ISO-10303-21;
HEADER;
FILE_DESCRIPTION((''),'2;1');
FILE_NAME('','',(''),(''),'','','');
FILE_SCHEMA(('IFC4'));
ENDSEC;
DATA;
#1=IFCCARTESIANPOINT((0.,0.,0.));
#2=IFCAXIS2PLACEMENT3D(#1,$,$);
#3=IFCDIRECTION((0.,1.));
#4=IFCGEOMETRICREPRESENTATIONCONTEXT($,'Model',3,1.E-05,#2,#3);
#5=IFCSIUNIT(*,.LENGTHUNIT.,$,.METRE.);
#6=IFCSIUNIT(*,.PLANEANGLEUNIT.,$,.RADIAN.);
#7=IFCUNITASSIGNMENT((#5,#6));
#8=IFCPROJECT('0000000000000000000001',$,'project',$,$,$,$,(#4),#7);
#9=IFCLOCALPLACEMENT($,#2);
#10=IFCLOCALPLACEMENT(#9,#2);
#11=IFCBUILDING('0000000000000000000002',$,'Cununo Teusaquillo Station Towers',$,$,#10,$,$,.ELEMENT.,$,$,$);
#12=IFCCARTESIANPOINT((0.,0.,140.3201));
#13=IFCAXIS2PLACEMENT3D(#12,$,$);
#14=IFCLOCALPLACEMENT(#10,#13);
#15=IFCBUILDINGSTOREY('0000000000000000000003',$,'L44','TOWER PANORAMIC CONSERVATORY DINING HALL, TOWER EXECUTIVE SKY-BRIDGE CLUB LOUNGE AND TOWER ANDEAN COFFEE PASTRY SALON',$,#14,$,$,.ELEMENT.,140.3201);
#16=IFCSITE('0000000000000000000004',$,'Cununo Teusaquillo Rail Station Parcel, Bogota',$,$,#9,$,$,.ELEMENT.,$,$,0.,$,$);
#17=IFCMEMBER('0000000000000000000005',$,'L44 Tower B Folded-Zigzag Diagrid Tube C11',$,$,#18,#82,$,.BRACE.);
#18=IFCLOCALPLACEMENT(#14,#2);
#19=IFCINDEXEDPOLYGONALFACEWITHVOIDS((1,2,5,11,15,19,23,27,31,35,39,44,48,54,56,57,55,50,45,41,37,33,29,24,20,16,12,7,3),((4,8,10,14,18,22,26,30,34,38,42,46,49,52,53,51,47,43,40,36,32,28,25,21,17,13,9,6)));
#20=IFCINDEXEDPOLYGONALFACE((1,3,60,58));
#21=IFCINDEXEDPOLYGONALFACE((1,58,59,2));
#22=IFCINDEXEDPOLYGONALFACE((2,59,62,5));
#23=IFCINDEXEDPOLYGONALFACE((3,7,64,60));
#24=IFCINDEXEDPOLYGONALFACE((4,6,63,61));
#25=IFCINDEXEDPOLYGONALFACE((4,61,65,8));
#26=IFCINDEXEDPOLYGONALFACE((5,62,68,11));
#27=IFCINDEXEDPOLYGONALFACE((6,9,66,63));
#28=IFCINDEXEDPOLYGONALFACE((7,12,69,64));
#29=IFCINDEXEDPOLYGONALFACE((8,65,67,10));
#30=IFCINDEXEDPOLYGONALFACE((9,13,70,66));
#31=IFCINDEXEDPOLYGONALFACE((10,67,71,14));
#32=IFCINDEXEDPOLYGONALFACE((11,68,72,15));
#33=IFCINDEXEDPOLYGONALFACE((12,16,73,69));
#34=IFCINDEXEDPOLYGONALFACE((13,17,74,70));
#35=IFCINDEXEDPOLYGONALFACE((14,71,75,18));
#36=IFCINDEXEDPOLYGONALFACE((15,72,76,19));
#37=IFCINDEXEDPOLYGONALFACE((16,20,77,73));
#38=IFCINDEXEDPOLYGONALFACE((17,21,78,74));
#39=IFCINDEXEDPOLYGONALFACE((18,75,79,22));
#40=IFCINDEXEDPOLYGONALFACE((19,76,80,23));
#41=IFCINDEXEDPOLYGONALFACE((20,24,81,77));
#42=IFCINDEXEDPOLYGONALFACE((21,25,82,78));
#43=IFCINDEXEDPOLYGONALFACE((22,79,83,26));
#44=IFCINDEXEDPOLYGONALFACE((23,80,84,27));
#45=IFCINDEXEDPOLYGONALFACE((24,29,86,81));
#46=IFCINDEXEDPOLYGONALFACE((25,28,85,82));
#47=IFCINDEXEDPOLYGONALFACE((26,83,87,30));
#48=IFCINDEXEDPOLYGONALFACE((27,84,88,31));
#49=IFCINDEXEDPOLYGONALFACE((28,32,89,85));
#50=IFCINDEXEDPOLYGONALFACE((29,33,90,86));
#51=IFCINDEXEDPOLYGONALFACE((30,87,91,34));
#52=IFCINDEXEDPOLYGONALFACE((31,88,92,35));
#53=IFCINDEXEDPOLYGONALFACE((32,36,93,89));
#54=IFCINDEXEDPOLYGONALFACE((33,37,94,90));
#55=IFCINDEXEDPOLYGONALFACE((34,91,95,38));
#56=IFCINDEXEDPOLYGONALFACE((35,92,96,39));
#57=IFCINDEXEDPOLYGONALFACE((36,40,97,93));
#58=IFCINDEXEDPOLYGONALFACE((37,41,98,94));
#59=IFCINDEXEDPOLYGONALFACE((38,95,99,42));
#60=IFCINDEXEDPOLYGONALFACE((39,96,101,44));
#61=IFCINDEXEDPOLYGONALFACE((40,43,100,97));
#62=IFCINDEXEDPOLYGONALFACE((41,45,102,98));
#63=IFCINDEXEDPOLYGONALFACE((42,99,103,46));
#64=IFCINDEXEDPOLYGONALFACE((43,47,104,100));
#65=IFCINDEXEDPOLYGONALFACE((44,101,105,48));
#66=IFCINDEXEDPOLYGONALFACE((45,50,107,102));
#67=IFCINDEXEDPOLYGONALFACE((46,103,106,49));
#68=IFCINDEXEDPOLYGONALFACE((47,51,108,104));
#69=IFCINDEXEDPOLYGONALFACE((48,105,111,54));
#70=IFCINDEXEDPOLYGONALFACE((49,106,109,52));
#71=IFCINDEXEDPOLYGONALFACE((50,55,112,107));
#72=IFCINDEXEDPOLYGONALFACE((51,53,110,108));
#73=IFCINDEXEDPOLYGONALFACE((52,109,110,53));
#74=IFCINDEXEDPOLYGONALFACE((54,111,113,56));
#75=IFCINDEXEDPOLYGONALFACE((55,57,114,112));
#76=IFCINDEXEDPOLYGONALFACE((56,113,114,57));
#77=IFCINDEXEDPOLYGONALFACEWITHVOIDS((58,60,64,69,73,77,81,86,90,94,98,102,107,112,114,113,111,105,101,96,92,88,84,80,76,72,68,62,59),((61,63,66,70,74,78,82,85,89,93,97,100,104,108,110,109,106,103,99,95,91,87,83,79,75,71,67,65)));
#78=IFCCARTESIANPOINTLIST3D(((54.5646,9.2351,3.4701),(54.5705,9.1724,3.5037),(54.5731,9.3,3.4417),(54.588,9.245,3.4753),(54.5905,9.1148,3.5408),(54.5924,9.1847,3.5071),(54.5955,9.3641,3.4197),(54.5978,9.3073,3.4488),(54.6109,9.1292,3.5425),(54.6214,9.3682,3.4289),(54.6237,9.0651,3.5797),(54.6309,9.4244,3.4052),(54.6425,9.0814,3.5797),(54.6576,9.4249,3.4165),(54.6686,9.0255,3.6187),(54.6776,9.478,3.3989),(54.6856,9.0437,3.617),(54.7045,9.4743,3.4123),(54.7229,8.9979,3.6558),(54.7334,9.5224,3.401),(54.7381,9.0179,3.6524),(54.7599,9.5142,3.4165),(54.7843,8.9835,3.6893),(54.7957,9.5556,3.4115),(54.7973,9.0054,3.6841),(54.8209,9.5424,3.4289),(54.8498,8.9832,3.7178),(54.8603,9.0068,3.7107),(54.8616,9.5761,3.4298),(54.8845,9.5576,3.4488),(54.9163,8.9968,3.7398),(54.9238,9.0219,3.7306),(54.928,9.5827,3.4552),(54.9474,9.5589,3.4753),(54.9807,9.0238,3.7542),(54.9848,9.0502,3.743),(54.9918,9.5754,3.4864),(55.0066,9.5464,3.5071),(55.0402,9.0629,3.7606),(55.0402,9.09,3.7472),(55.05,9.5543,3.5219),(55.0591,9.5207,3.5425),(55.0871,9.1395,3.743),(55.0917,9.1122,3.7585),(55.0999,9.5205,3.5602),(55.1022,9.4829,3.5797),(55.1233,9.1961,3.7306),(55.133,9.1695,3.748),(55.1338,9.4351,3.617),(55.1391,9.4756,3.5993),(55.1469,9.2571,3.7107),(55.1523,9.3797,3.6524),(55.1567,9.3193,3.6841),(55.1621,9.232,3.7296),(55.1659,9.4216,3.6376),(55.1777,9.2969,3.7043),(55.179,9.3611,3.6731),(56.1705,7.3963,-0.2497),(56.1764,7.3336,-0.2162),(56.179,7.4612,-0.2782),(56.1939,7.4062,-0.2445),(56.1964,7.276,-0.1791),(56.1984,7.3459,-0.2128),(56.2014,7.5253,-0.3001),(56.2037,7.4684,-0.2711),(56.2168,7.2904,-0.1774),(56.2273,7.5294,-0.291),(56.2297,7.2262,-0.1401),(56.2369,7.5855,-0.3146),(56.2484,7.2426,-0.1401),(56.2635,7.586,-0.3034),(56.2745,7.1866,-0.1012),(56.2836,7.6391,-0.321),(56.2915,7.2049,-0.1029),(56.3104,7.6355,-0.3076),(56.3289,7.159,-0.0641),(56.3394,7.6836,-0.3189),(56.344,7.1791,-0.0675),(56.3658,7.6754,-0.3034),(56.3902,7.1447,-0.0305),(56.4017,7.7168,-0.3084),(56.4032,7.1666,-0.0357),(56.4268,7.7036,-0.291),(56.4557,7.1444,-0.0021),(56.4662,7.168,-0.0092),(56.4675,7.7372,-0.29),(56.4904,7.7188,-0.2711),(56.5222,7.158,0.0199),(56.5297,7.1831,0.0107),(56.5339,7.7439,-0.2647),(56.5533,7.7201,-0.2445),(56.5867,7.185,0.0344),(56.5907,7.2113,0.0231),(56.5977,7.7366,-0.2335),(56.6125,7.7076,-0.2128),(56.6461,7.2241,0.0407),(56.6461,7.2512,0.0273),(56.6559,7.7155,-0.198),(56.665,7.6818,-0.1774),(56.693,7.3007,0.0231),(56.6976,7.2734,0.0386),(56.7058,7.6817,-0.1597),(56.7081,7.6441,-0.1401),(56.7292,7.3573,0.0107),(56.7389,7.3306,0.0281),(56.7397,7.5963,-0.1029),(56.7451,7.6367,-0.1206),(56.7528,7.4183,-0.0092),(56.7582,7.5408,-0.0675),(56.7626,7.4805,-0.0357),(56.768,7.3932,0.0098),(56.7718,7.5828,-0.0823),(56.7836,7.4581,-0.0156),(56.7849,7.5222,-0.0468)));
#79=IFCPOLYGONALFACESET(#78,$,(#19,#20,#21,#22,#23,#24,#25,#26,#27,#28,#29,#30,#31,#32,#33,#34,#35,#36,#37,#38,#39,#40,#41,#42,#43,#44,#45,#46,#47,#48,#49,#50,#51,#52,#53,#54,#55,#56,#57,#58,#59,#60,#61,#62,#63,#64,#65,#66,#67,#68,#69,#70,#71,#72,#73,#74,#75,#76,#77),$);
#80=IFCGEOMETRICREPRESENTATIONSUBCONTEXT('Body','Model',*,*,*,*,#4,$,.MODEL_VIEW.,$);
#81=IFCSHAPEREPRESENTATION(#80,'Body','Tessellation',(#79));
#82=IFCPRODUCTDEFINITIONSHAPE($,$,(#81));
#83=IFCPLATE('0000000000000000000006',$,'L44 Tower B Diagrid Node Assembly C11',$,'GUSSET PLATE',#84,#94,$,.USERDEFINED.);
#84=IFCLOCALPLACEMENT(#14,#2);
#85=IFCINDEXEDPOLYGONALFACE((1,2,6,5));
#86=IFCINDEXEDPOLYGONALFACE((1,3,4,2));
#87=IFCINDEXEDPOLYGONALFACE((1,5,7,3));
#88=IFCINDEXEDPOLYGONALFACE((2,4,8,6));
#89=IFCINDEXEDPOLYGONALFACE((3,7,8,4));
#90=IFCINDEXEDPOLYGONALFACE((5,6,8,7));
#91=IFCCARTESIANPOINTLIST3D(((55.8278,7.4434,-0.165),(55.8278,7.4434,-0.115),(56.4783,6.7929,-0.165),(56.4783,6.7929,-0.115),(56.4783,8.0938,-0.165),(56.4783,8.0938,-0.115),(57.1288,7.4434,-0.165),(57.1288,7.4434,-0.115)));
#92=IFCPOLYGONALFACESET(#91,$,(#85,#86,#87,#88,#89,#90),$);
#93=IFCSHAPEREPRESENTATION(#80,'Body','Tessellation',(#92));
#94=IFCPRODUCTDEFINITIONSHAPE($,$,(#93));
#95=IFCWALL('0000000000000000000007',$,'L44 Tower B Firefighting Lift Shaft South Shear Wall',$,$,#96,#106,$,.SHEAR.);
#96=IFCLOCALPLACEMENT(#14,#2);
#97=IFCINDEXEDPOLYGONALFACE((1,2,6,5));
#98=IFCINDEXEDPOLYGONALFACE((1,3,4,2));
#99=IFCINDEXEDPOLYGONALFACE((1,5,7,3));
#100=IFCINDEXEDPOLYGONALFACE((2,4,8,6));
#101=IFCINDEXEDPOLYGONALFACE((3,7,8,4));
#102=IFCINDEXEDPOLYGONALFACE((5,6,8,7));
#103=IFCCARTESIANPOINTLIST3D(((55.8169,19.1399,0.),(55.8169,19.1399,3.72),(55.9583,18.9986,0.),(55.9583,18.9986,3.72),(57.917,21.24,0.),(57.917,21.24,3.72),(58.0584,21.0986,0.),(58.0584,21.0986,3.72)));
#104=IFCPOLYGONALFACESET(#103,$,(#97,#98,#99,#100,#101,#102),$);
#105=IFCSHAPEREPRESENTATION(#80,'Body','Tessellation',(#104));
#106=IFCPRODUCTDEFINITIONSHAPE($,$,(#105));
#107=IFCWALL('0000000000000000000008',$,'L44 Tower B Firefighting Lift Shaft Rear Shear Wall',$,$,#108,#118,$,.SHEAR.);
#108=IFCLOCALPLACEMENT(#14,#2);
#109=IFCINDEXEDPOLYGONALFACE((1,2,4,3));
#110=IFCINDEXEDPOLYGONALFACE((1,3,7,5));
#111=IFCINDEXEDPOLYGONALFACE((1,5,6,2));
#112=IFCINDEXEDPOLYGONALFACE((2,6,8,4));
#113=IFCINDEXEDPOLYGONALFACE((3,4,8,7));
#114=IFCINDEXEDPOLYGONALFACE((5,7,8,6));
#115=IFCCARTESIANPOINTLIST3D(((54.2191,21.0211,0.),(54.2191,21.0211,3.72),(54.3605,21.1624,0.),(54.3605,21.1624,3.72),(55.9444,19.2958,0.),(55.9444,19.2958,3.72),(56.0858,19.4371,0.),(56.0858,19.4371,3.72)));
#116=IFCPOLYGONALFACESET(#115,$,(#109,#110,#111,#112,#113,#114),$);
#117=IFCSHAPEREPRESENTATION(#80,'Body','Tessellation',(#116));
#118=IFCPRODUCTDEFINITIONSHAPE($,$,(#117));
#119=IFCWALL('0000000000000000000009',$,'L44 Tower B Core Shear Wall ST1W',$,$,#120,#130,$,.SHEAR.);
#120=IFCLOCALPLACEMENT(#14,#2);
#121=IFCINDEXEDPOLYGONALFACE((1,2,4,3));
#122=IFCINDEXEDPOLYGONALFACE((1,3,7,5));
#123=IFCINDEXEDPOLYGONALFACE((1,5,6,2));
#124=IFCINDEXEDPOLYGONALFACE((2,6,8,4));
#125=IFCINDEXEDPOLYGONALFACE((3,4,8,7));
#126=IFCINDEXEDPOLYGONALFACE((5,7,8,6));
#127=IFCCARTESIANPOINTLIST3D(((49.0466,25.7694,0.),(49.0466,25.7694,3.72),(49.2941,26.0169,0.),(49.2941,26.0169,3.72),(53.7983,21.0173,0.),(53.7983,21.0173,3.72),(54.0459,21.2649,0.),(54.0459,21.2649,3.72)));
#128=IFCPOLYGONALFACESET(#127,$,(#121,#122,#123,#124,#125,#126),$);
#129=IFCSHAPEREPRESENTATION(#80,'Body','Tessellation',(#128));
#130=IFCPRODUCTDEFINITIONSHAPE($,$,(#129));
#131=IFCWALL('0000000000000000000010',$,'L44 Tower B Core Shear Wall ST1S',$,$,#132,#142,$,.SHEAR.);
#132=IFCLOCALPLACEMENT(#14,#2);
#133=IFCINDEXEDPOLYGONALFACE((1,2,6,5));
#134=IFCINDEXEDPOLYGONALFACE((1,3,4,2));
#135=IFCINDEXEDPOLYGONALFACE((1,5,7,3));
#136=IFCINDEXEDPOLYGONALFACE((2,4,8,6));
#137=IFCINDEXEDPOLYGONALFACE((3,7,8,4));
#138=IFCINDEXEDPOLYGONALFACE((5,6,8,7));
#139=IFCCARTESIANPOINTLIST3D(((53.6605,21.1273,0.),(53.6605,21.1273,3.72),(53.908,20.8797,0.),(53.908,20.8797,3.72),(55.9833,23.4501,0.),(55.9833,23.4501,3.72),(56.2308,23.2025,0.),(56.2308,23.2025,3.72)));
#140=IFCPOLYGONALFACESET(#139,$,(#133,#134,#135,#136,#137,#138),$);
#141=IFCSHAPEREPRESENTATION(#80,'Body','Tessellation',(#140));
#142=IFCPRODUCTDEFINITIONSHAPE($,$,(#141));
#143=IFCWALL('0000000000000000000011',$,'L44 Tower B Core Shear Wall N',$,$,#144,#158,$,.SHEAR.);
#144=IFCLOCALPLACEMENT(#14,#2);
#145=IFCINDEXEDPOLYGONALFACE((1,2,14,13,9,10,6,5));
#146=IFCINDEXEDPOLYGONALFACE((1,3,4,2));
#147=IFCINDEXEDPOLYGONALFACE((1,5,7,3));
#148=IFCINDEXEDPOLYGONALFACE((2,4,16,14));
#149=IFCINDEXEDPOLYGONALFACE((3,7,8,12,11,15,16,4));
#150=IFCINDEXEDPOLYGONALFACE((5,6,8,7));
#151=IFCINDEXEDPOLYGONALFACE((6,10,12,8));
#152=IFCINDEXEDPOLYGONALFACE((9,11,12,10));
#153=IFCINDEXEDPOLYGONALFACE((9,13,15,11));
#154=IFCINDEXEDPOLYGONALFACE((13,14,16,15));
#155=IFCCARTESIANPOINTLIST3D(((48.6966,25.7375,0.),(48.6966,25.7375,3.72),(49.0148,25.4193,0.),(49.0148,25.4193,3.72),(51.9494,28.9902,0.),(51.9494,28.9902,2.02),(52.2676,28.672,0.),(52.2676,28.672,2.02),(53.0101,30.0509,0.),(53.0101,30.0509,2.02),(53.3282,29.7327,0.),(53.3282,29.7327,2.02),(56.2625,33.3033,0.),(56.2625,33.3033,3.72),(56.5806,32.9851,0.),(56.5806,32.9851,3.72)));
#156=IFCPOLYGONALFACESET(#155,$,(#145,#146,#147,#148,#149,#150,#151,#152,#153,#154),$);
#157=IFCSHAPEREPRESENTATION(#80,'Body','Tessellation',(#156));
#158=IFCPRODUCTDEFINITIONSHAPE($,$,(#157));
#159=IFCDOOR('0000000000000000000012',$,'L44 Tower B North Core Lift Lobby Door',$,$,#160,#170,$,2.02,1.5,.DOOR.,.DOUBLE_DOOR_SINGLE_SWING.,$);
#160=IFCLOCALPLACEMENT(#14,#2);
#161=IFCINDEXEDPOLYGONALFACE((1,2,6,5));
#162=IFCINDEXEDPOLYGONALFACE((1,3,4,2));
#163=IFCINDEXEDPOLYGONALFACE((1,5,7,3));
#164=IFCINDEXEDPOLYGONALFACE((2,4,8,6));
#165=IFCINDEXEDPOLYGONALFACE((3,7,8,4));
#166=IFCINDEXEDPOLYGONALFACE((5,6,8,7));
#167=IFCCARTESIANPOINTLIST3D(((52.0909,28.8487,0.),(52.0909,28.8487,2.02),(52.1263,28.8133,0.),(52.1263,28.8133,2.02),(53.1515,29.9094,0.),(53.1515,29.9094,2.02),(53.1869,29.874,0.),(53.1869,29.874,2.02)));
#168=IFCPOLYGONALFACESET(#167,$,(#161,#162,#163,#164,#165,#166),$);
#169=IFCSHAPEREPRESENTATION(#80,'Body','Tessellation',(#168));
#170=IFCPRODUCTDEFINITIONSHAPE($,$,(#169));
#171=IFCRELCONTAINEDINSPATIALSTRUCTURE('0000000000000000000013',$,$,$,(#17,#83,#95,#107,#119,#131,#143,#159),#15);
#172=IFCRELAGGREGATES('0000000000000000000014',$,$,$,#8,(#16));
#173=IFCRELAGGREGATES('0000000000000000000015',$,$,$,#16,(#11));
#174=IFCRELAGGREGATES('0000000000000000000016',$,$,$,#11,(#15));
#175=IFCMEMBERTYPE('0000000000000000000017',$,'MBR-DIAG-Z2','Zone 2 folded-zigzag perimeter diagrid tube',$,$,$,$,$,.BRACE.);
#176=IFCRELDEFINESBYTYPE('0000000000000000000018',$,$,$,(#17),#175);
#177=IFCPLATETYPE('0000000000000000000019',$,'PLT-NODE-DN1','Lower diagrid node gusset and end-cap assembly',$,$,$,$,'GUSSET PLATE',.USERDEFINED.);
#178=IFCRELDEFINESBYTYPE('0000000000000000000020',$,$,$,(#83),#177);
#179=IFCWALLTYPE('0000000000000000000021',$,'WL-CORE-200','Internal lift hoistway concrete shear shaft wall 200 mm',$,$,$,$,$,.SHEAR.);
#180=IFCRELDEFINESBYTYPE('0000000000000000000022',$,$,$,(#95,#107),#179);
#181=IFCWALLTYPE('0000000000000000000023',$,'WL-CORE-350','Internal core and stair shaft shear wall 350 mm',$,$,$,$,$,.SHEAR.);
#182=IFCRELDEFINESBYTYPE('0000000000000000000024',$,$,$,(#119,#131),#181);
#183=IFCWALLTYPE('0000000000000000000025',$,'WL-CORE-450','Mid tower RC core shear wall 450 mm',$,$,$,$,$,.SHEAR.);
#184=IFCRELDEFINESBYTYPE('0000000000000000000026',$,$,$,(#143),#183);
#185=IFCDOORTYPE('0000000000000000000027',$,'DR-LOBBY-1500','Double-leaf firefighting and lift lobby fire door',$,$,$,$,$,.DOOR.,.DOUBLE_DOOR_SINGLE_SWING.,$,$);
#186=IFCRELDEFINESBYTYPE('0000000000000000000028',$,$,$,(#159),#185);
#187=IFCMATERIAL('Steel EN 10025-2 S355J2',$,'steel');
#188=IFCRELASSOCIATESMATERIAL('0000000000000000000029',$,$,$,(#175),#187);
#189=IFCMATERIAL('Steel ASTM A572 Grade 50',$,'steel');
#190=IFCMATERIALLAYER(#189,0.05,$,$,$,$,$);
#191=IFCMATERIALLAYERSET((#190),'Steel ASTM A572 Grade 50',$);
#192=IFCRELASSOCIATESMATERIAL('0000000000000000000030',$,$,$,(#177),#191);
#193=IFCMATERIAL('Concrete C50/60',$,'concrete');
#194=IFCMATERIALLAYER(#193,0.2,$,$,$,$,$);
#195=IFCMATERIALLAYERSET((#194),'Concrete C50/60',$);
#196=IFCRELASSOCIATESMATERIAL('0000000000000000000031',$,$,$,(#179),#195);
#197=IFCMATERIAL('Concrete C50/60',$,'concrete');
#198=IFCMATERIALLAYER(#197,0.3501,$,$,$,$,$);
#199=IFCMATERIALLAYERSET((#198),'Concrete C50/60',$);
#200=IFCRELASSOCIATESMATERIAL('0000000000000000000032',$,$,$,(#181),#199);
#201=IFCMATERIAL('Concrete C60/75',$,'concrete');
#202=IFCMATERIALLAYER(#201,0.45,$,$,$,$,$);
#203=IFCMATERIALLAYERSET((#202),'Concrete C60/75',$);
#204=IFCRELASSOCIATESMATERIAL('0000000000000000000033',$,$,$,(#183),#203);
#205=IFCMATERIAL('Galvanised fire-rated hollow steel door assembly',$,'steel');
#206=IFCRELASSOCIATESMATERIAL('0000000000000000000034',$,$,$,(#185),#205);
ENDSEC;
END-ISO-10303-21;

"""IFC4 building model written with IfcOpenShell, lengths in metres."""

from ifc_helpers import new_model, si_unit, direction, frame, frame_2d, origin, origin_2d, place, context, subcontext, project, spatial, rectangle, hollow_circle, extrude, source, transform, mapped, material, layer, layer_set, material_profile, profile_set, type_object, element, fill, save


model = new_model("IFC4")

# Units and contexts
model_context = context("Model", 3, precision=1e-05, world=origin(), true_north=direction((0.0, 1.0)))
body_context = subcontext(model_context, "Body", "Model", "MODEL_VIEW")
ifc_project = project(units=[si_unit("LENGTHUNIT", "METRE"), si_unit("PLANEANGLEUNIT", "RADIAN")], contexts=[model_context])

# Site, building, storey
site_placement = place(None, origin())
site = spatial("IfcSite", under=ifc_project, at=site_placement, Name="Cununo Teusaquillo Rail Station Parcel, Bogota", CompositionType="ELEMENT", RefElevation=0.0)
building_placement = place(site_placement, origin())
building = spatial("IfcBuilding", under=site, at=building_placement, Name="Cununo Teusaquillo Station Towers", CompositionType="ELEMENT")
storey_placement = place(building_placement, frame((0.0, 0.0, 140.3201)))
storey = spatial("IfcBuildingStorey", under=building, at=storey_placement, Name="L44", Description="TOWER PANORAMIC CONSERVATORY DINING HALL, TOWER EXECUTIVE SKY-BRIDGE CLUB LOUNGE AND TOWER ANDEAN COFFEE PASTRY SALON", CompositionType="ELEMENT", Elevation=140.3201)

# Member
ifc_material_1 = material(Name="Steel EN 10025-2 S355J2", Category="steel")
ifc_material_profile_1 = material_profile(ifc_material_1, hollow_circle(Radius=0.3301, WallThickness=0.0249, at=origin_2d()), Name="CHS 660x25")
ifc_profile_set_1 = profile_set([ifc_material_profile_1], Name="Steel EN 10025-2 S355J2")
member_type = type_object("IfcMemberType", Name="MBR-DIAG-Z2", Description="Zone 2 folded-zigzag perimeter diagrid tube", PredefinedType="BRACE", material=ifc_profile_set_1)
member_placement = place(storey_placement, frame((56.4783, 7.4434, -0.1401), z_axis=(-0.360924, 0.413268, 0.836028), x_axis=(-0.753196, -0.657796, 0.0)))
element("IfcMember", 1, at=member_placement, inside=storey, type_object=member_type, Name="L44 Tower B Folded-Zigzag Diagrid Tube C11", PredefinedType="BRACE", context=body_context, shape_type="SweptSolid", body=[
    extrude(hollow_circle(Radius=0.3301, WallThickness=0.0249, at=origin_2d()), origin(), (0.0, 0.0, 1.0), 4.4495),
])

# Plate
ifc_material_2 = material(Name="Steel ASTM A572 Grade 50", Category="steel")
ifc_layer_1 = layer(ifc_material_2, 0.05)
ifc_layer_set_1 = layer_set([ifc_layer_1], Name="Steel ASTM A572 Grade 50")
plate_type = type_object("IfcPlateType", Name="PLT-NODE-DN1", Description="Lower diagrid node gusset and end-cap assembly", ElementType="GUSSET PLATE", PredefinedType="USERDEFINED", material=ifc_layer_set_1)
shared_shape_1 = source(origin(), body_context, "Body", "SweptSolid", [
    extrude(rectangle(XDim=0.9199, YDim=0.9199, at=origin_2d()), origin(), (0.0, 0.0, 1.0), 0.05),
])
plate_placement = place(storey_placement, frame((56.4783, 7.4434, -0.165), z_axis=(0.0, 0.0, 1.0), x_axis=(0.707107, 0.707107, 0.0)))
element("IfcPlate", 2, at=plate_placement, inside=storey, type_object=plate_type, Name="L44 Tower B Diagrid Node Assembly C11", ObjectType="GUSSET PLATE", PredefinedType="USERDEFINED", context=body_context, shape_type="MappedRepresentation", body=[
    mapped(shared_shape_1, transform((0.0, 0.0, 0.0), x_axis=(1.0, 0.0, 0.0), y_axis=(0.0, 1.0, 0.0), z_axis=(0.0, 0.0, 1.0), scale=1.0)),
])

# Walls
ifc_material_3 = material(Name="Concrete C50/60", Category="concrete")
ifc_layer_2 = layer(ifc_material_3, 0.2)
ifc_layer_set_2 = layer_set([ifc_layer_2], Name="Concrete C50/60")
wall_type_1 = type_object("IfcWallType", Name="WL-CORE-200", Description="Internal lift hoistway concrete shear shaft wall 200 mm", PredefinedType="SHEAR", material=ifc_layer_set_2)
wall_1_placement = place(storey_placement, frame((55.8877, 19.0693, 0.0), z_axis=(0.0, 0.0, 1.0), x_axis=(0.707107, 0.707107, 0.0)))
element("IfcWall", 3, at=wall_1_placement, inside=storey, type_object=wall_type_1, Name="L44 Tower B Firefighting Lift Shaft South Shear Wall", PredefinedType="SHEAR", context=body_context, shape_type="SweptSolid", body=[
    extrude(rectangle(XDim=2.97, YDim=0.2, at=frame_2d((1.4849, 0.0))), origin(), (0.0, 0.0, 1.0), 3.72),
])
wall_2_placement = place(storey_placement, frame((56.0151, 19.3665, 0.0), z_axis=(0.0, 0.0, 1.0), x_axis=(-0.707107, 0.707107, 0.0)))
element("IfcWall", 4, at=wall_2_placement, inside=storey, type_object=wall_type_1, Name="L44 Tower B Firefighting Lift Shaft Rear Shear Wall", PredefinedType="SHEAR", context=body_context, shape_type="SweptSolid", body=[
    extrude(rectangle(XDim=2.4399, YDim=0.2, at=frame_2d((1.22, 0.0))), origin(), (0.0, 0.0, 1.0), 3.72),
])
ifc_material_4 = material(Name="Concrete C50/60", Category="concrete")
ifc_layer_3 = layer(ifc_material_4, 0.3501)
ifc_layer_set_3 = layer_set([ifc_layer_3], Name="Concrete C50/60")
wall_type_2 = type_object("IfcWallType", Name="WL-CORE-350", Description="Internal core and stair shaft shear wall 350 mm", PredefinedType="SHEAR", material=ifc_layer_set_3)
wall_3_placement = place(storey_placement, frame((53.9221, 21.1411, 0.0), z_axis=(0.0, 0.0, 1.0), x_axis=(-0.707089, 0.707125, 0.0)))
element("IfcWall", 5, at=wall_3_placement, inside=storey, type_object=wall_type_2, Name="L44 Tower B Core Shear Wall ST1W", PredefinedType="SHEAR", context=body_context, shape_type="SweptSolid", body=[
    extrude(rectangle(XDim=6.7202, YDim=0.3501, at=frame_2d((3.3601, 0.0))), origin(), (0.0, 0.0, 1.0), 3.72),
])
wall_4_placement = place(storey_placement, frame((53.7842, 21.0034, 0.0), z_axis=(0.0, 0.0, 1.0), x_axis=(0.707107, 0.707107, 0.0)))
element("IfcWall", 6, at=wall_4_placement, inside=storey, type_object=wall_type_2, Name="L44 Tower B Core Shear Wall ST1S", PredefinedType="SHEAR", context=body_context, shape_type="SweptSolid", body=[
    extrude(rectangle(XDim=3.2849, YDim=0.3501, at=frame_2d((1.6426, 0.0))), origin(), (0.0, 0.0, 1.0), 3.72),
])

# Wall, opening, door
ifc_material_5 = material(Name="Concrete C60/75", Category="concrete")
ifc_layer_4 = layer(ifc_material_5, 0.45)
ifc_layer_set_4 = layer_set([ifc_layer_4], Name="Concrete C60/75")
wall_type_3 = type_object("IfcWallType", Name="WL-CORE-450", Description="Mid tower RC core shear wall 450 mm", PredefinedType="SHEAR", material=ifc_layer_set_4)
wall_5_placement = place(storey_placement, frame((48.8557, 25.5784, 0.0), z_axis=(0.0, 0.0, 1.0), x_axis=(0.707107, 0.707107, 0.0)))
wall_5 = element("IfcWall", 7, at=wall_5_placement, inside=storey, type_object=wall_type_3, Name="L44 Tower B Core Shear Wall N", PredefinedType="SHEAR", context=body_context, shape_type="SweptSolid", body=[
    extrude(rectangle(XDim=10.6997, YDim=0.45, at=frame_2d((5.3499, 0.0))), origin(), (0.0, 0.0, 1.0), 3.72),
])
shared_shape_2 = source(origin(), body_context, "Body", "SweptSolid", [
    extrude(rectangle(XDim=1.5, YDim=2.02, at=frame_2d((0.75, 1.01))), frame((0.0, 0.2349, 0.0), z_axis=(0.0, -1.0, 0.0), x_axis=(1.0, 0.0, 0.0)), (0.0, 0.0, 1.0), 0.47),
])
opening_1_placement = place(wall_5_placement, frame((4.6001, 0.0, 0.0)))
opening_1 = element("IfcOpeningElement", 8, at=opening_1_placement, cuts=wall_5, PredefinedType="OPENING", context=body_context, shape_type="MappedRepresentation", body=[
    mapped(shared_shape_2, transform((0.0, 0.0, 0.0), x_axis=(1.0, 0.0, 0.0), y_axis=(0.0, 1.0, 0.0), z_axis=(0.0, 0.0, 1.0), scale=1.0)),
])
ifc_material_6 = material(Name="Galvanised fire-rated hollow steel door assembly", Category="steel")
door_type_1 = type_object("IfcDoorType", Name="DR-LOBBY-1500", Description="Double-leaf firefighting and lift lobby fire door", OperationType="DOUBLE_DOOR_SINGLE_SWING", PredefinedType="DOOR", material=ifc_material_6)
shared_shape_3 = source(origin(), body_context, "Body", "SweptSolid", [
    extrude(rectangle(XDim=1.5, YDim=2.02, at=frame_2d((0.75, 1.01))), frame((0.0, 0.0249, 0.0), z_axis=(0.0, -1.0, 0.0), x_axis=(1.0, 0.0, 0.0)), (0.0, 0.0, 1.0), 0.05),
])
door_1_placement = place(opening_1_placement, origin())
door_1 = element("IfcDoor", 9, at=door_1_placement, inside=storey, type_object=door_type_1, Name="L44 Tower B North Core Lift Lobby Door", OperationType="DOUBLE_DOOR_SINGLE_SWING", OverallHeight=2.02, OverallWidth=1.5, PredefinedType="DOOR", context=body_context, shape_type="MappedRepresentation", body=[
    mapped(shared_shape_3, transform((0.0, 0.0, 0.0), x_axis=(1.0, 0.0, 0.0), y_axis=(0.0, 1.0, 0.0), z_axis=(0.0, 0.0, 1.0), scale=1.0)),
])
fill(opening_1, door_1)

save(model, "model.ifc")
